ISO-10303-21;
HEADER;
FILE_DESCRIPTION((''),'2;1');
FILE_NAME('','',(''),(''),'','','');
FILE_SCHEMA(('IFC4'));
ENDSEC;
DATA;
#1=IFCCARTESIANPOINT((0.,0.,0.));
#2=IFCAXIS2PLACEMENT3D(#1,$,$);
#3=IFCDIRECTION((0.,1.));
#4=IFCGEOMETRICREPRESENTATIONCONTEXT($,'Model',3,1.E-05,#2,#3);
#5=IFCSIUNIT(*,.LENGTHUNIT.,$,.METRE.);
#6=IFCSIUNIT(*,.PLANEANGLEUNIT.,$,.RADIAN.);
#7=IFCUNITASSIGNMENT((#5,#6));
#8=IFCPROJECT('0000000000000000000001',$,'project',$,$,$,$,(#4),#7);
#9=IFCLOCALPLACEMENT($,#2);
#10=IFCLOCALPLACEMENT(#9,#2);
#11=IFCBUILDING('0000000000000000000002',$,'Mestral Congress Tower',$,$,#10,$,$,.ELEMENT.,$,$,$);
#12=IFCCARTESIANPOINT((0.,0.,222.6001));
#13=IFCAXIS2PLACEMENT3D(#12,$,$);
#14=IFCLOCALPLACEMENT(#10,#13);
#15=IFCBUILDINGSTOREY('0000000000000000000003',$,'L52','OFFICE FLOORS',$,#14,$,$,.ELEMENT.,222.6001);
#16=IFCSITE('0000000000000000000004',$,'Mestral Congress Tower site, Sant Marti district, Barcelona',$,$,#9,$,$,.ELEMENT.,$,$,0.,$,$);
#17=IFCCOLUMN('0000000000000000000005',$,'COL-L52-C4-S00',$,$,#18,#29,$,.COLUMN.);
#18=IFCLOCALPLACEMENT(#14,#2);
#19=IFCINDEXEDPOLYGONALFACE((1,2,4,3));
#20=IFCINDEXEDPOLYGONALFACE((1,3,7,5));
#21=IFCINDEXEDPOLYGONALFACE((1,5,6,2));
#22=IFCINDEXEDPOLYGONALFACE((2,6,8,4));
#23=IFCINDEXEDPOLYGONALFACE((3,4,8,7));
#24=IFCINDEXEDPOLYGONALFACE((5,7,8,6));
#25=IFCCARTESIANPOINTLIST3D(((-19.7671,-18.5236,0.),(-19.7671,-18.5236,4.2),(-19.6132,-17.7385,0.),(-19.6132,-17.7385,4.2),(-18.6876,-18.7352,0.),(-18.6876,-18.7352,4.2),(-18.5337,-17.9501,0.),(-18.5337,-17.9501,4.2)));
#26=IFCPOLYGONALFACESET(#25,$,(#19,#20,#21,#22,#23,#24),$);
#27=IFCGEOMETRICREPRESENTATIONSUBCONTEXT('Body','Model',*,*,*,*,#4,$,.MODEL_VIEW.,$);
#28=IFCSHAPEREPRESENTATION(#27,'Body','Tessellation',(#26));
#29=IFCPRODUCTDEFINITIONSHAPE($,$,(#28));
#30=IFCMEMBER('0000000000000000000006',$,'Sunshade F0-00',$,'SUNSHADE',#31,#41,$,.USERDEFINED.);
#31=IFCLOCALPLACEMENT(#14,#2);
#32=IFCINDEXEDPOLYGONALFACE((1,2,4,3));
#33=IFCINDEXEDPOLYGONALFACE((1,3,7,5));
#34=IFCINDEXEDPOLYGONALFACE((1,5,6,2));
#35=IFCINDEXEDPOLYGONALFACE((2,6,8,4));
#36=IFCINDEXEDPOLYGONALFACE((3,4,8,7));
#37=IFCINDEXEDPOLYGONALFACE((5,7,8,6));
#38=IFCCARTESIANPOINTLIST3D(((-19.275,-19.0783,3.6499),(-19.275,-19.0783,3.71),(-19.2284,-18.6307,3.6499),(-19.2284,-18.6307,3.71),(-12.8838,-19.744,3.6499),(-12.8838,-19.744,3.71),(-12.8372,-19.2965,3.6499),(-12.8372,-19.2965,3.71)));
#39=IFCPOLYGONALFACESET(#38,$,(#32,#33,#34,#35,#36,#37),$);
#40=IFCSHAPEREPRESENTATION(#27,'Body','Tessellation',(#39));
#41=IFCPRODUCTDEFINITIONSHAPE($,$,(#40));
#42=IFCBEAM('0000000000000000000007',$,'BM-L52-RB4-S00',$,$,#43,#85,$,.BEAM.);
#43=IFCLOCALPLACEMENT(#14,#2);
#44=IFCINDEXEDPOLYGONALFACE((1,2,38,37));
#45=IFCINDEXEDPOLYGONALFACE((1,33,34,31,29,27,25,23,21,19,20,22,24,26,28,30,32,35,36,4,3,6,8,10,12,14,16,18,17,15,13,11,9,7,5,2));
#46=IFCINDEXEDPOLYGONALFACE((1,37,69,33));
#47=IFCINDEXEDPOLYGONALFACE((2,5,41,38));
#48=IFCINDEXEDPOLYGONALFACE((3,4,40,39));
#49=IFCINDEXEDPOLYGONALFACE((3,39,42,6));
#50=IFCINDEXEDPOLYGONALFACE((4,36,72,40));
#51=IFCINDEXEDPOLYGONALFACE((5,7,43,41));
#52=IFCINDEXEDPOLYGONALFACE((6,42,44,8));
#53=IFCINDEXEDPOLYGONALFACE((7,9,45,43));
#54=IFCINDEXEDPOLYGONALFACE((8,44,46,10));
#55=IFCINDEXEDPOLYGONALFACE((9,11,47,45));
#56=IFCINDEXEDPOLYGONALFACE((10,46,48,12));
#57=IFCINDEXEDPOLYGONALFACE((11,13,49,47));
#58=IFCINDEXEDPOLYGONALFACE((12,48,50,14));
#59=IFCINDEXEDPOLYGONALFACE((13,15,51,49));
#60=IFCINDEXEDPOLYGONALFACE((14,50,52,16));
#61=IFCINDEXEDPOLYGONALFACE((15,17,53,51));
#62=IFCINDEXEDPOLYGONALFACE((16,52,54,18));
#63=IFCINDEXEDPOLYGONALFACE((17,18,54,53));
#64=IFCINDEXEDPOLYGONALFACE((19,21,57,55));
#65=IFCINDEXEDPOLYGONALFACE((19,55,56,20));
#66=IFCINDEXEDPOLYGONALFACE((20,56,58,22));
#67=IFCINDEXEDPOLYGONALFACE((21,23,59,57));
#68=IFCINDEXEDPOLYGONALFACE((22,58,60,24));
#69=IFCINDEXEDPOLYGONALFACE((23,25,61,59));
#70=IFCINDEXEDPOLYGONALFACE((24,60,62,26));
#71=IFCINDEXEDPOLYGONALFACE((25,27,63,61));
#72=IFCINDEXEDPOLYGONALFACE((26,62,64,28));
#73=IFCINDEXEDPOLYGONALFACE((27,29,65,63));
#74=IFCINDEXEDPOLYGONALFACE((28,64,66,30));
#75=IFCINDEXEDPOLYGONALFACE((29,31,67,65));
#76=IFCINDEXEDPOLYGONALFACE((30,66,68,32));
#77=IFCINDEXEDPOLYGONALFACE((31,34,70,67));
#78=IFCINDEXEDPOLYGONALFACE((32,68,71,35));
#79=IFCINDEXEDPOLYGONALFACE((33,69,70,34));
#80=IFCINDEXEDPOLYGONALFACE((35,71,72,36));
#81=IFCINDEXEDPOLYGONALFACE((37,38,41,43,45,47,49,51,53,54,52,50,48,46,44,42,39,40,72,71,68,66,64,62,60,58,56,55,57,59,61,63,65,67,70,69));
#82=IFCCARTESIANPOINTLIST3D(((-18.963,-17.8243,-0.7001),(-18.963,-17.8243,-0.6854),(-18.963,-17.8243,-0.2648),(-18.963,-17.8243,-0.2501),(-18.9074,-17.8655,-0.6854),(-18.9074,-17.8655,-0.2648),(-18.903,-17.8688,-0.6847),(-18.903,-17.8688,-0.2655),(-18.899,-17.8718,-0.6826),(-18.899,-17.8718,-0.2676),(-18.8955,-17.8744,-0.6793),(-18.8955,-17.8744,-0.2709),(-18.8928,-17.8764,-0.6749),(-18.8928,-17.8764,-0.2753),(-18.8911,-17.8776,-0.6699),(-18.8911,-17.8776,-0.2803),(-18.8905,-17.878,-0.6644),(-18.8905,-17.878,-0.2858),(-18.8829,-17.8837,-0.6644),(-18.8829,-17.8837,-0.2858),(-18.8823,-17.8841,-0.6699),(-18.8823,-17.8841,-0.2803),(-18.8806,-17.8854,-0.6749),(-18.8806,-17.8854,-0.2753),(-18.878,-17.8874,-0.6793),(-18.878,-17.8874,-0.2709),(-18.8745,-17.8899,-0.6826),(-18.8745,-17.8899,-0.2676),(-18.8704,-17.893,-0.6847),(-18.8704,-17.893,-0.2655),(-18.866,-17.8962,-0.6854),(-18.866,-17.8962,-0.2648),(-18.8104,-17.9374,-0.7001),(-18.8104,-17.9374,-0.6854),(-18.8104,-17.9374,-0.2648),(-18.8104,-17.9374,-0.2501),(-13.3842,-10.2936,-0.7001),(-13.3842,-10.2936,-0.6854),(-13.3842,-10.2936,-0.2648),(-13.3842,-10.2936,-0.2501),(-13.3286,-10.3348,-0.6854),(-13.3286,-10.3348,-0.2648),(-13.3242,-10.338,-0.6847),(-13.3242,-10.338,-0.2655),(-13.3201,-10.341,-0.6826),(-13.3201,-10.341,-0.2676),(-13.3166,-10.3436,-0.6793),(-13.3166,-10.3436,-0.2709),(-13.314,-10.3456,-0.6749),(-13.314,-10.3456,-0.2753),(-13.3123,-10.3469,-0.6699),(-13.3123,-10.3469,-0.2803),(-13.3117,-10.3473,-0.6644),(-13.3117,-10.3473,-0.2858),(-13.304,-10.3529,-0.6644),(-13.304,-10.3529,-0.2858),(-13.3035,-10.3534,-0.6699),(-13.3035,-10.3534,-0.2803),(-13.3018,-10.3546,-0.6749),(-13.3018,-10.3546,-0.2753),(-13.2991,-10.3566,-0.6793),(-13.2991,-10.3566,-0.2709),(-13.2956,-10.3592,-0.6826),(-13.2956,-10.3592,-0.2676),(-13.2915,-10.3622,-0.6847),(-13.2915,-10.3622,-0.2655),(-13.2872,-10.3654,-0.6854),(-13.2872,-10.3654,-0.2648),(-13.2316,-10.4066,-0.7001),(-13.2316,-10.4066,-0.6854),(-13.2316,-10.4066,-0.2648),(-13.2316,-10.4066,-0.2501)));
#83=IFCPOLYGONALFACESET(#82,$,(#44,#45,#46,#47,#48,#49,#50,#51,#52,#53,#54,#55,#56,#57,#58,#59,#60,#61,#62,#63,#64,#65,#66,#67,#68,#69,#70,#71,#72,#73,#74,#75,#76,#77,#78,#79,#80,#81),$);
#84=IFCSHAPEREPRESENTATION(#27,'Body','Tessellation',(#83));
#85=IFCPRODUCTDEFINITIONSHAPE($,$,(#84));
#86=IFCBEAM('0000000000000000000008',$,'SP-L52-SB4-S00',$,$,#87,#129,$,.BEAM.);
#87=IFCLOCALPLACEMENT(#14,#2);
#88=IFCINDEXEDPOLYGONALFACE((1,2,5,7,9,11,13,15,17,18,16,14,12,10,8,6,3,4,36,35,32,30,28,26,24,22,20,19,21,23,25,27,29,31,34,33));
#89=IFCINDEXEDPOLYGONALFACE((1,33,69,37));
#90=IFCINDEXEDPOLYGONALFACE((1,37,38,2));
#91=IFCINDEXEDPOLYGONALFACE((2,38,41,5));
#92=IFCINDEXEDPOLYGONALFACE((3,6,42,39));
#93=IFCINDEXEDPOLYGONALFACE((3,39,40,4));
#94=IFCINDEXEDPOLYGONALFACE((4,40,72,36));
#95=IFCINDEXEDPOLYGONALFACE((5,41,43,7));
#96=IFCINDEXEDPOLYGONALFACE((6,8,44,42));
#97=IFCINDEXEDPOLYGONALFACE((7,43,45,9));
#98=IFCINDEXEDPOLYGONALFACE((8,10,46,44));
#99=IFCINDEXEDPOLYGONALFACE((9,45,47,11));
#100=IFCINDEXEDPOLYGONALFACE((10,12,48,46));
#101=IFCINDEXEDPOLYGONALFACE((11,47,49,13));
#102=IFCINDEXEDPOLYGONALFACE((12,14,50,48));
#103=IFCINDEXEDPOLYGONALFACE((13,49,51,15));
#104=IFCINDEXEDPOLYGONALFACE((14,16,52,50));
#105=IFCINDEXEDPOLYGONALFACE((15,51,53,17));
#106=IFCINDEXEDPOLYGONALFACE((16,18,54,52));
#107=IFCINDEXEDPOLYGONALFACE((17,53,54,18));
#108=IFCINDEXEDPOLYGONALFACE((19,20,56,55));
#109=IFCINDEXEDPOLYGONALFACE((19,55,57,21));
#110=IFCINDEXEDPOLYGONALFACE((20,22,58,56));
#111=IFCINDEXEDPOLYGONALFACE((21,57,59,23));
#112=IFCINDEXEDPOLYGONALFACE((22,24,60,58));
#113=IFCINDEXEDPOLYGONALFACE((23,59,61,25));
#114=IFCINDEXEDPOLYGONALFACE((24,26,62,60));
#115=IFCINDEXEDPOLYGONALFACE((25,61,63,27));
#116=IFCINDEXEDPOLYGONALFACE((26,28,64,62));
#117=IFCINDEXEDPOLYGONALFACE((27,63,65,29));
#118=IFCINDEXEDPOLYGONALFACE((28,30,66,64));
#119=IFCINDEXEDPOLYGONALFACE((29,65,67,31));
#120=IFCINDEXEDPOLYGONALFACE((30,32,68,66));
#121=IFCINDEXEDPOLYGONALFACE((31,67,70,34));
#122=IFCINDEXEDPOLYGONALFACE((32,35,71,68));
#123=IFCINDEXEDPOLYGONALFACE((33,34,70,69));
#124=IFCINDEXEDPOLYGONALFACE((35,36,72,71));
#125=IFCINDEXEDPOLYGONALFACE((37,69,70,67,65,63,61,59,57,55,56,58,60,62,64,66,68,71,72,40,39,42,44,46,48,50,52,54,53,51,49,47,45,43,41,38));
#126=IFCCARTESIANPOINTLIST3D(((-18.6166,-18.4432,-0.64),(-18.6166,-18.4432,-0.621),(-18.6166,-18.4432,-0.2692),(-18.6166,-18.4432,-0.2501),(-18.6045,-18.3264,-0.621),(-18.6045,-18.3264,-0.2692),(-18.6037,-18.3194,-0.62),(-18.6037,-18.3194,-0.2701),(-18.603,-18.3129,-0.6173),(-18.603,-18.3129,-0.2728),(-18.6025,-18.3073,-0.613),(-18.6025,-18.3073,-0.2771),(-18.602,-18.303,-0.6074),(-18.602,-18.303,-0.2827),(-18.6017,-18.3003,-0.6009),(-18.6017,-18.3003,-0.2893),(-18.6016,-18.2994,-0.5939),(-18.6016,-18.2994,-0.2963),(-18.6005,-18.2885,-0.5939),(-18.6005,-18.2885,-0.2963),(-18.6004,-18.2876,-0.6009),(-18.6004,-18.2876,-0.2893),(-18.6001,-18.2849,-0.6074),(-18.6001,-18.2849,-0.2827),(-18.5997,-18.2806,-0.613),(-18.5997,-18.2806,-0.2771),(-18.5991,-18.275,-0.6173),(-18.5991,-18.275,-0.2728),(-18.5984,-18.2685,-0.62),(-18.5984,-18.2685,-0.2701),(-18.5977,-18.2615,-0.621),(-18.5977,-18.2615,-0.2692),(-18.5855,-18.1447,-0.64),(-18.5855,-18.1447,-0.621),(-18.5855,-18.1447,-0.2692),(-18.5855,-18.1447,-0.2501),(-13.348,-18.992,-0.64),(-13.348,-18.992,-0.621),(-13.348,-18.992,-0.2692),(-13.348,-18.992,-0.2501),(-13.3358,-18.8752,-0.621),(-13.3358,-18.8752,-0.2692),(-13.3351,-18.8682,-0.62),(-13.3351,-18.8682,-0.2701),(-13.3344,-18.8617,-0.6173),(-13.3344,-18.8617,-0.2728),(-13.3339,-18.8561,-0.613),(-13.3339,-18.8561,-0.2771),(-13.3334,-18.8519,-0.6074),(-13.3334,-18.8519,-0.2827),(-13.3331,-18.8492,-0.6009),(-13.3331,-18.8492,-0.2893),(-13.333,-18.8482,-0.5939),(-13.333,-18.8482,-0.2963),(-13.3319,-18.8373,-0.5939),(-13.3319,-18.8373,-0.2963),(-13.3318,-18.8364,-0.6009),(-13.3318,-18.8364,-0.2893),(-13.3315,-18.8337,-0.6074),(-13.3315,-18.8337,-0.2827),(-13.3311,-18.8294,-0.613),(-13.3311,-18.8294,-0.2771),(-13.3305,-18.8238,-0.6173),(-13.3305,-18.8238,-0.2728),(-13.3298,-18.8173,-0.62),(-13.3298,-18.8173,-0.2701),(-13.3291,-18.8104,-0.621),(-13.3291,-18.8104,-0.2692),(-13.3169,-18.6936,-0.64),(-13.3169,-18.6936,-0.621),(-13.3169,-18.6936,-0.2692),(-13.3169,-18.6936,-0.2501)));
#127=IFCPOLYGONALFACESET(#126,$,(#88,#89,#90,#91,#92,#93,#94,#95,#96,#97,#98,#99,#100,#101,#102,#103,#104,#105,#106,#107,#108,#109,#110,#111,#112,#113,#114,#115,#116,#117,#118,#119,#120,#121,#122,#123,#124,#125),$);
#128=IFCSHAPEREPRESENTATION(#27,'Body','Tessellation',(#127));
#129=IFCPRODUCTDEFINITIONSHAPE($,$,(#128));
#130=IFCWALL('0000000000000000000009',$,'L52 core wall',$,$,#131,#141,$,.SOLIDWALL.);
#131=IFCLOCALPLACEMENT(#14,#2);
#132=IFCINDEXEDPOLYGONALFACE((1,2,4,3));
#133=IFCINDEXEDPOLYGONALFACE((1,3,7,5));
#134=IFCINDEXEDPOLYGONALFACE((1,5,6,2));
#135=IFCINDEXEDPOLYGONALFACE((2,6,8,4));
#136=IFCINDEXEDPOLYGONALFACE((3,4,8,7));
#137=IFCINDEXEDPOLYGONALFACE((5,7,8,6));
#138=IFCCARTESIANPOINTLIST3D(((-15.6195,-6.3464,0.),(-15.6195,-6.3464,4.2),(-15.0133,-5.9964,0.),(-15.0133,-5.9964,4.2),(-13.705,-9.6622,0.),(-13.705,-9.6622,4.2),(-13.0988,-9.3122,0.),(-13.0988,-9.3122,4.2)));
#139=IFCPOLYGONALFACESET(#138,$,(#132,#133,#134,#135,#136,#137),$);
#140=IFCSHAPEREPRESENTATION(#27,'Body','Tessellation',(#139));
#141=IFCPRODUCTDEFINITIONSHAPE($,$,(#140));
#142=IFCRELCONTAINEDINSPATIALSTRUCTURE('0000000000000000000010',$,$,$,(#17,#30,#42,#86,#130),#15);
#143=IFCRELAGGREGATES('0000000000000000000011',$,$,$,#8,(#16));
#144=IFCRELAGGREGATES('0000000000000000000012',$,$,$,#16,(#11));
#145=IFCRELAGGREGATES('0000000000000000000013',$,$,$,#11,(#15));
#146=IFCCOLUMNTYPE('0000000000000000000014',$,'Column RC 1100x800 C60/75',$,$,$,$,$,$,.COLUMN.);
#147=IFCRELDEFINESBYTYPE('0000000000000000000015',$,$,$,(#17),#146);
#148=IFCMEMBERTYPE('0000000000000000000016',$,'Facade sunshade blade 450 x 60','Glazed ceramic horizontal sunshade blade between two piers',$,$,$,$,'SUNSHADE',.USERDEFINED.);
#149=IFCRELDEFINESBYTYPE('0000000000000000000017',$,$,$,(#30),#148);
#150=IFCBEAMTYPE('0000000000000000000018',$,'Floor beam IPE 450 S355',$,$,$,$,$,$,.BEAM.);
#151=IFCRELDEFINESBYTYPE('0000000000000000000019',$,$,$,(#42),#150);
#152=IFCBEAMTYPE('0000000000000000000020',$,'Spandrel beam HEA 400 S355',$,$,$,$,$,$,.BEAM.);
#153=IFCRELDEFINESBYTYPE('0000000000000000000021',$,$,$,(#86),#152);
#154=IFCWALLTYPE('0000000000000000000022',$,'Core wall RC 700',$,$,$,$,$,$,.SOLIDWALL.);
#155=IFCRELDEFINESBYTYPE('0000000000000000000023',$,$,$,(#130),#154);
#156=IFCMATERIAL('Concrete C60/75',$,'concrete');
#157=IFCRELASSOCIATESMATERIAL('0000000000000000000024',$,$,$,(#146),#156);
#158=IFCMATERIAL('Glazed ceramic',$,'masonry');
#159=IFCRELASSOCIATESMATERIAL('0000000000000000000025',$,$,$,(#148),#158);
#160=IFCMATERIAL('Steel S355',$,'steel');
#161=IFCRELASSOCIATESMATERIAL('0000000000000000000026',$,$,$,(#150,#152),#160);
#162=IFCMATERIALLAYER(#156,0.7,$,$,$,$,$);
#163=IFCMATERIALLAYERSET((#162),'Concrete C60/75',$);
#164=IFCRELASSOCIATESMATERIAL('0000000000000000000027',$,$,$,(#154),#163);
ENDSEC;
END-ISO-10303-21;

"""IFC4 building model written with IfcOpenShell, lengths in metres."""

from ifc_helpers import new_model, si_unit, direction, frame, frame_2d, origin, origin_2d, place, context, subcontext, project, spatial, rectangle, i_section, extrude, material, layer, layer_set, material_profile, profile_set, type_object, element, save


model = new_model("IFC4")

# Units and contexts
model_context = context("Model", 3, precision=1e-05, world=origin(), true_north=direction((0.0, 1.0)))
body_context = subcontext(model_context, "Body", "Model", "MODEL_VIEW")
ifc_project = project(units=[si_unit("LENGTHUNIT", "METRE"), si_unit("PLANEANGLEUNIT", "RADIAN")], contexts=[model_context])

# Site, building, storey
site_placement = place(None, origin())
site = spatial("IfcSite", under=ifc_project, at=site_placement, Name="Mestral Congress Tower site, Sant Marti district, Barcelona", CompositionType="ELEMENT", RefElevation=0.0)
building_placement = place(site_placement, origin())
building = spatial("IfcBuilding", under=site, at=building_placement, Name="Mestral Congress Tower", CompositionType="ELEMENT")
storey_placement = place(building_placement, frame((0.0, 0.0, 222.6001)))
storey = spatial("IfcBuildingStorey", under=building, at=storey_placement, Name="L52", Description="OFFICE FLOORS", CompositionType="ELEMENT", Elevation=222.6001)

# Column
ifc_material_1 = material(Name="Concrete C60/75", Category="concrete")
ifc_material_profile_1 = material_profile(ifc_material_1, rectangle(XDim=1.1001, YDim=0.8, at=origin_2d()), Name="RC 1100x800")
ifc_profile_set_1 = profile_set([ifc_material_profile_1], Name="Concrete C60/75")
column_type = type_object("IfcColumnType", Name="Column RC 1100x800 C60/75", PredefinedType="COLUMN", material=ifc_profile_set_1)
column_placement = place(storey_placement, frame((-19.1504, -18.2368, 0.0), z_axis=(0.0, 0.0, 1.0), x_axis=(0.981325, -0.192359, 0.0)))
element("IfcColumn", 1, at=column_placement, inside=storey, type_object=column_type, Name="COL-L52-C4-S00", PredefinedType="COLUMN", context=body_context, shape_type="SweptSolid", body=[
    extrude(rectangle(XDim=1.1001, YDim=0.8, at=origin_2d()), origin(), (0.0, 0.0, 1.0), 4.2),
])

# Member
ifc_material_2 = material(Name="Glazed ceramic", Category="masonry")
ifc_material_profile_2 = material_profile(ifc_material_2, rectangle(XDim=0.45, YDim=0.0601, at=origin_2d()), Name="Ceramic blade 450 x 60")
ifc_profile_set_2 = profile_set([ifc_material_profile_2], Name="Glazed ceramic")
member_type = type_object("IfcMemberType", Name="Facade sunshade blade 450 x 60", Description="Glazed ceramic horizontal sunshade blade between two piers", ElementType="SUNSHADE", PredefinedType="USERDEFINED", material=ifc_profile_set_2)
member_placement = place(storey_placement, frame((-19.2517, -18.8545, 3.6799), z_axis=(0.994618, -0.103611, 0.0), x_axis=(0.103611, 0.994618, 0.0)))
element("IfcMember", 2, at=member_placement, inside=storey, type_object=member_type, Name="Sunshade F0-00", ObjectType="SUNSHADE", PredefinedType="USERDEFINED", context=body_context, shape_type="SweptSolid", body=[
    extrude(rectangle(XDim=0.45, YDim=0.0601, at=origin_2d()), origin(), (0.0, 0.0, 1.0), 6.4258),
])

# Beams
ifc_material_3 = material(Name="Steel S355", Category="steel")
ifc_material_profile_3 = material_profile(ifc_material_3, i_section(OverallWidth=0.1899, OverallDepth=0.45, WebThickness=0.0095, FlangeThickness=0.0146, FilletRadius=0.021, at=origin_2d()), Name="IPE 450")
ifc_profile_set_3 = profile_set([ifc_material_profile_3], Name="Steel S355")
beam_type_1 = type_object("IfcBeamType", Name="Floor beam IPE 450 S355", PredefinedType="BEAM", material=ifc_profile_set_3)
beam_1_placement = place(storey_placement, frame((-18.8867, -17.8809, -0.4751), z_axis=(0.595263, 0.803531, 0.0), x_axis=(-0.803531, 0.595263, 0.0)))
element("IfcBeam", 3, at=beam_1_placement, inside=storey, type_object=beam_type_1, Name="BM-L52-RB4-S00", PredefinedType="BEAM", context=body_context, shape_type="SweptSolid", body=[
    extrude(i_section(OverallWidth=0.1899, OverallDepth=0.45, WebThickness=0.0095, FlangeThickness=0.0146, FilletRadius=0.021, at=origin_2d()), origin(), (0.0, 0.0, 1.0), 9.3721),
])
ifc_material_profile_4 = material_profile(ifc_material_3, i_section(OverallWidth=0.3, OverallDepth=0.3899, WebThickness=0.011, FlangeThickness=0.019, FilletRadius=0.0271, at=origin_2d()), Name="HEA 400")
ifc_profile_set_4 = profile_set([ifc_material_profile_4], Name="Steel S355")
beam_type_2 = type_object("IfcBeamType", Name="Spandrel beam HEA 400 S355", PredefinedType="BEAM", material=ifc_profile_set_4)
beam_2_placement = place(storey_placement, frame((-18.6011, -18.2939, -0.4451), z_axis=(0.994618, -0.10361, 0.0), x_axis=(0.10361, 0.994618, 0.0)))
element("IfcBeam", 4, at=beam_2_placement, inside=storey, type_object=beam_type_2, Name="SP-L52-SB4-S00", PredefinedType="BEAM", context=body_context, shape_type="SweptSolid", body=[
    extrude(i_section(OverallWidth=0.3, OverallDepth=0.3899, WebThickness=0.011, FlangeThickness=0.019, FilletRadius=0.0271, at=origin_2d()), origin(), (0.0, 0.0, 1.0), 5.2971),
])

# Wall
ifc_layer_1 = layer(ifc_material_1, 0.7)
ifc_layer_set_1 = layer_set([ifc_layer_1], Name="Concrete C60/75")
wall_type_1 = type_object("IfcWallType", Name="Core wall RC 700", PredefinedType="SOLIDWALL", material=ifc_layer_set_1)
wall_1_placement = place(storey_placement, frame((-13.4019, -9.4873, 0.0), z_axis=(0.0, 0.0, 1.0), x_axis=(-0.50002, 0.866014, 0.0)))
element("IfcWall", 5, at=wall_1_placement, inside=storey, type_object=wall_type_1, Name="L52 core wall", PredefinedType="SOLIDWALL", context=body_context, shape_type="SweptSolid", body=[
    extrude(rectangle(XDim=3.8289, YDim=0.7, at=frame_2d((1.9146, 0.0))), origin(), (0.0, 0.0, 1.0), 4.2),
])

save(model, "model.ifc")
